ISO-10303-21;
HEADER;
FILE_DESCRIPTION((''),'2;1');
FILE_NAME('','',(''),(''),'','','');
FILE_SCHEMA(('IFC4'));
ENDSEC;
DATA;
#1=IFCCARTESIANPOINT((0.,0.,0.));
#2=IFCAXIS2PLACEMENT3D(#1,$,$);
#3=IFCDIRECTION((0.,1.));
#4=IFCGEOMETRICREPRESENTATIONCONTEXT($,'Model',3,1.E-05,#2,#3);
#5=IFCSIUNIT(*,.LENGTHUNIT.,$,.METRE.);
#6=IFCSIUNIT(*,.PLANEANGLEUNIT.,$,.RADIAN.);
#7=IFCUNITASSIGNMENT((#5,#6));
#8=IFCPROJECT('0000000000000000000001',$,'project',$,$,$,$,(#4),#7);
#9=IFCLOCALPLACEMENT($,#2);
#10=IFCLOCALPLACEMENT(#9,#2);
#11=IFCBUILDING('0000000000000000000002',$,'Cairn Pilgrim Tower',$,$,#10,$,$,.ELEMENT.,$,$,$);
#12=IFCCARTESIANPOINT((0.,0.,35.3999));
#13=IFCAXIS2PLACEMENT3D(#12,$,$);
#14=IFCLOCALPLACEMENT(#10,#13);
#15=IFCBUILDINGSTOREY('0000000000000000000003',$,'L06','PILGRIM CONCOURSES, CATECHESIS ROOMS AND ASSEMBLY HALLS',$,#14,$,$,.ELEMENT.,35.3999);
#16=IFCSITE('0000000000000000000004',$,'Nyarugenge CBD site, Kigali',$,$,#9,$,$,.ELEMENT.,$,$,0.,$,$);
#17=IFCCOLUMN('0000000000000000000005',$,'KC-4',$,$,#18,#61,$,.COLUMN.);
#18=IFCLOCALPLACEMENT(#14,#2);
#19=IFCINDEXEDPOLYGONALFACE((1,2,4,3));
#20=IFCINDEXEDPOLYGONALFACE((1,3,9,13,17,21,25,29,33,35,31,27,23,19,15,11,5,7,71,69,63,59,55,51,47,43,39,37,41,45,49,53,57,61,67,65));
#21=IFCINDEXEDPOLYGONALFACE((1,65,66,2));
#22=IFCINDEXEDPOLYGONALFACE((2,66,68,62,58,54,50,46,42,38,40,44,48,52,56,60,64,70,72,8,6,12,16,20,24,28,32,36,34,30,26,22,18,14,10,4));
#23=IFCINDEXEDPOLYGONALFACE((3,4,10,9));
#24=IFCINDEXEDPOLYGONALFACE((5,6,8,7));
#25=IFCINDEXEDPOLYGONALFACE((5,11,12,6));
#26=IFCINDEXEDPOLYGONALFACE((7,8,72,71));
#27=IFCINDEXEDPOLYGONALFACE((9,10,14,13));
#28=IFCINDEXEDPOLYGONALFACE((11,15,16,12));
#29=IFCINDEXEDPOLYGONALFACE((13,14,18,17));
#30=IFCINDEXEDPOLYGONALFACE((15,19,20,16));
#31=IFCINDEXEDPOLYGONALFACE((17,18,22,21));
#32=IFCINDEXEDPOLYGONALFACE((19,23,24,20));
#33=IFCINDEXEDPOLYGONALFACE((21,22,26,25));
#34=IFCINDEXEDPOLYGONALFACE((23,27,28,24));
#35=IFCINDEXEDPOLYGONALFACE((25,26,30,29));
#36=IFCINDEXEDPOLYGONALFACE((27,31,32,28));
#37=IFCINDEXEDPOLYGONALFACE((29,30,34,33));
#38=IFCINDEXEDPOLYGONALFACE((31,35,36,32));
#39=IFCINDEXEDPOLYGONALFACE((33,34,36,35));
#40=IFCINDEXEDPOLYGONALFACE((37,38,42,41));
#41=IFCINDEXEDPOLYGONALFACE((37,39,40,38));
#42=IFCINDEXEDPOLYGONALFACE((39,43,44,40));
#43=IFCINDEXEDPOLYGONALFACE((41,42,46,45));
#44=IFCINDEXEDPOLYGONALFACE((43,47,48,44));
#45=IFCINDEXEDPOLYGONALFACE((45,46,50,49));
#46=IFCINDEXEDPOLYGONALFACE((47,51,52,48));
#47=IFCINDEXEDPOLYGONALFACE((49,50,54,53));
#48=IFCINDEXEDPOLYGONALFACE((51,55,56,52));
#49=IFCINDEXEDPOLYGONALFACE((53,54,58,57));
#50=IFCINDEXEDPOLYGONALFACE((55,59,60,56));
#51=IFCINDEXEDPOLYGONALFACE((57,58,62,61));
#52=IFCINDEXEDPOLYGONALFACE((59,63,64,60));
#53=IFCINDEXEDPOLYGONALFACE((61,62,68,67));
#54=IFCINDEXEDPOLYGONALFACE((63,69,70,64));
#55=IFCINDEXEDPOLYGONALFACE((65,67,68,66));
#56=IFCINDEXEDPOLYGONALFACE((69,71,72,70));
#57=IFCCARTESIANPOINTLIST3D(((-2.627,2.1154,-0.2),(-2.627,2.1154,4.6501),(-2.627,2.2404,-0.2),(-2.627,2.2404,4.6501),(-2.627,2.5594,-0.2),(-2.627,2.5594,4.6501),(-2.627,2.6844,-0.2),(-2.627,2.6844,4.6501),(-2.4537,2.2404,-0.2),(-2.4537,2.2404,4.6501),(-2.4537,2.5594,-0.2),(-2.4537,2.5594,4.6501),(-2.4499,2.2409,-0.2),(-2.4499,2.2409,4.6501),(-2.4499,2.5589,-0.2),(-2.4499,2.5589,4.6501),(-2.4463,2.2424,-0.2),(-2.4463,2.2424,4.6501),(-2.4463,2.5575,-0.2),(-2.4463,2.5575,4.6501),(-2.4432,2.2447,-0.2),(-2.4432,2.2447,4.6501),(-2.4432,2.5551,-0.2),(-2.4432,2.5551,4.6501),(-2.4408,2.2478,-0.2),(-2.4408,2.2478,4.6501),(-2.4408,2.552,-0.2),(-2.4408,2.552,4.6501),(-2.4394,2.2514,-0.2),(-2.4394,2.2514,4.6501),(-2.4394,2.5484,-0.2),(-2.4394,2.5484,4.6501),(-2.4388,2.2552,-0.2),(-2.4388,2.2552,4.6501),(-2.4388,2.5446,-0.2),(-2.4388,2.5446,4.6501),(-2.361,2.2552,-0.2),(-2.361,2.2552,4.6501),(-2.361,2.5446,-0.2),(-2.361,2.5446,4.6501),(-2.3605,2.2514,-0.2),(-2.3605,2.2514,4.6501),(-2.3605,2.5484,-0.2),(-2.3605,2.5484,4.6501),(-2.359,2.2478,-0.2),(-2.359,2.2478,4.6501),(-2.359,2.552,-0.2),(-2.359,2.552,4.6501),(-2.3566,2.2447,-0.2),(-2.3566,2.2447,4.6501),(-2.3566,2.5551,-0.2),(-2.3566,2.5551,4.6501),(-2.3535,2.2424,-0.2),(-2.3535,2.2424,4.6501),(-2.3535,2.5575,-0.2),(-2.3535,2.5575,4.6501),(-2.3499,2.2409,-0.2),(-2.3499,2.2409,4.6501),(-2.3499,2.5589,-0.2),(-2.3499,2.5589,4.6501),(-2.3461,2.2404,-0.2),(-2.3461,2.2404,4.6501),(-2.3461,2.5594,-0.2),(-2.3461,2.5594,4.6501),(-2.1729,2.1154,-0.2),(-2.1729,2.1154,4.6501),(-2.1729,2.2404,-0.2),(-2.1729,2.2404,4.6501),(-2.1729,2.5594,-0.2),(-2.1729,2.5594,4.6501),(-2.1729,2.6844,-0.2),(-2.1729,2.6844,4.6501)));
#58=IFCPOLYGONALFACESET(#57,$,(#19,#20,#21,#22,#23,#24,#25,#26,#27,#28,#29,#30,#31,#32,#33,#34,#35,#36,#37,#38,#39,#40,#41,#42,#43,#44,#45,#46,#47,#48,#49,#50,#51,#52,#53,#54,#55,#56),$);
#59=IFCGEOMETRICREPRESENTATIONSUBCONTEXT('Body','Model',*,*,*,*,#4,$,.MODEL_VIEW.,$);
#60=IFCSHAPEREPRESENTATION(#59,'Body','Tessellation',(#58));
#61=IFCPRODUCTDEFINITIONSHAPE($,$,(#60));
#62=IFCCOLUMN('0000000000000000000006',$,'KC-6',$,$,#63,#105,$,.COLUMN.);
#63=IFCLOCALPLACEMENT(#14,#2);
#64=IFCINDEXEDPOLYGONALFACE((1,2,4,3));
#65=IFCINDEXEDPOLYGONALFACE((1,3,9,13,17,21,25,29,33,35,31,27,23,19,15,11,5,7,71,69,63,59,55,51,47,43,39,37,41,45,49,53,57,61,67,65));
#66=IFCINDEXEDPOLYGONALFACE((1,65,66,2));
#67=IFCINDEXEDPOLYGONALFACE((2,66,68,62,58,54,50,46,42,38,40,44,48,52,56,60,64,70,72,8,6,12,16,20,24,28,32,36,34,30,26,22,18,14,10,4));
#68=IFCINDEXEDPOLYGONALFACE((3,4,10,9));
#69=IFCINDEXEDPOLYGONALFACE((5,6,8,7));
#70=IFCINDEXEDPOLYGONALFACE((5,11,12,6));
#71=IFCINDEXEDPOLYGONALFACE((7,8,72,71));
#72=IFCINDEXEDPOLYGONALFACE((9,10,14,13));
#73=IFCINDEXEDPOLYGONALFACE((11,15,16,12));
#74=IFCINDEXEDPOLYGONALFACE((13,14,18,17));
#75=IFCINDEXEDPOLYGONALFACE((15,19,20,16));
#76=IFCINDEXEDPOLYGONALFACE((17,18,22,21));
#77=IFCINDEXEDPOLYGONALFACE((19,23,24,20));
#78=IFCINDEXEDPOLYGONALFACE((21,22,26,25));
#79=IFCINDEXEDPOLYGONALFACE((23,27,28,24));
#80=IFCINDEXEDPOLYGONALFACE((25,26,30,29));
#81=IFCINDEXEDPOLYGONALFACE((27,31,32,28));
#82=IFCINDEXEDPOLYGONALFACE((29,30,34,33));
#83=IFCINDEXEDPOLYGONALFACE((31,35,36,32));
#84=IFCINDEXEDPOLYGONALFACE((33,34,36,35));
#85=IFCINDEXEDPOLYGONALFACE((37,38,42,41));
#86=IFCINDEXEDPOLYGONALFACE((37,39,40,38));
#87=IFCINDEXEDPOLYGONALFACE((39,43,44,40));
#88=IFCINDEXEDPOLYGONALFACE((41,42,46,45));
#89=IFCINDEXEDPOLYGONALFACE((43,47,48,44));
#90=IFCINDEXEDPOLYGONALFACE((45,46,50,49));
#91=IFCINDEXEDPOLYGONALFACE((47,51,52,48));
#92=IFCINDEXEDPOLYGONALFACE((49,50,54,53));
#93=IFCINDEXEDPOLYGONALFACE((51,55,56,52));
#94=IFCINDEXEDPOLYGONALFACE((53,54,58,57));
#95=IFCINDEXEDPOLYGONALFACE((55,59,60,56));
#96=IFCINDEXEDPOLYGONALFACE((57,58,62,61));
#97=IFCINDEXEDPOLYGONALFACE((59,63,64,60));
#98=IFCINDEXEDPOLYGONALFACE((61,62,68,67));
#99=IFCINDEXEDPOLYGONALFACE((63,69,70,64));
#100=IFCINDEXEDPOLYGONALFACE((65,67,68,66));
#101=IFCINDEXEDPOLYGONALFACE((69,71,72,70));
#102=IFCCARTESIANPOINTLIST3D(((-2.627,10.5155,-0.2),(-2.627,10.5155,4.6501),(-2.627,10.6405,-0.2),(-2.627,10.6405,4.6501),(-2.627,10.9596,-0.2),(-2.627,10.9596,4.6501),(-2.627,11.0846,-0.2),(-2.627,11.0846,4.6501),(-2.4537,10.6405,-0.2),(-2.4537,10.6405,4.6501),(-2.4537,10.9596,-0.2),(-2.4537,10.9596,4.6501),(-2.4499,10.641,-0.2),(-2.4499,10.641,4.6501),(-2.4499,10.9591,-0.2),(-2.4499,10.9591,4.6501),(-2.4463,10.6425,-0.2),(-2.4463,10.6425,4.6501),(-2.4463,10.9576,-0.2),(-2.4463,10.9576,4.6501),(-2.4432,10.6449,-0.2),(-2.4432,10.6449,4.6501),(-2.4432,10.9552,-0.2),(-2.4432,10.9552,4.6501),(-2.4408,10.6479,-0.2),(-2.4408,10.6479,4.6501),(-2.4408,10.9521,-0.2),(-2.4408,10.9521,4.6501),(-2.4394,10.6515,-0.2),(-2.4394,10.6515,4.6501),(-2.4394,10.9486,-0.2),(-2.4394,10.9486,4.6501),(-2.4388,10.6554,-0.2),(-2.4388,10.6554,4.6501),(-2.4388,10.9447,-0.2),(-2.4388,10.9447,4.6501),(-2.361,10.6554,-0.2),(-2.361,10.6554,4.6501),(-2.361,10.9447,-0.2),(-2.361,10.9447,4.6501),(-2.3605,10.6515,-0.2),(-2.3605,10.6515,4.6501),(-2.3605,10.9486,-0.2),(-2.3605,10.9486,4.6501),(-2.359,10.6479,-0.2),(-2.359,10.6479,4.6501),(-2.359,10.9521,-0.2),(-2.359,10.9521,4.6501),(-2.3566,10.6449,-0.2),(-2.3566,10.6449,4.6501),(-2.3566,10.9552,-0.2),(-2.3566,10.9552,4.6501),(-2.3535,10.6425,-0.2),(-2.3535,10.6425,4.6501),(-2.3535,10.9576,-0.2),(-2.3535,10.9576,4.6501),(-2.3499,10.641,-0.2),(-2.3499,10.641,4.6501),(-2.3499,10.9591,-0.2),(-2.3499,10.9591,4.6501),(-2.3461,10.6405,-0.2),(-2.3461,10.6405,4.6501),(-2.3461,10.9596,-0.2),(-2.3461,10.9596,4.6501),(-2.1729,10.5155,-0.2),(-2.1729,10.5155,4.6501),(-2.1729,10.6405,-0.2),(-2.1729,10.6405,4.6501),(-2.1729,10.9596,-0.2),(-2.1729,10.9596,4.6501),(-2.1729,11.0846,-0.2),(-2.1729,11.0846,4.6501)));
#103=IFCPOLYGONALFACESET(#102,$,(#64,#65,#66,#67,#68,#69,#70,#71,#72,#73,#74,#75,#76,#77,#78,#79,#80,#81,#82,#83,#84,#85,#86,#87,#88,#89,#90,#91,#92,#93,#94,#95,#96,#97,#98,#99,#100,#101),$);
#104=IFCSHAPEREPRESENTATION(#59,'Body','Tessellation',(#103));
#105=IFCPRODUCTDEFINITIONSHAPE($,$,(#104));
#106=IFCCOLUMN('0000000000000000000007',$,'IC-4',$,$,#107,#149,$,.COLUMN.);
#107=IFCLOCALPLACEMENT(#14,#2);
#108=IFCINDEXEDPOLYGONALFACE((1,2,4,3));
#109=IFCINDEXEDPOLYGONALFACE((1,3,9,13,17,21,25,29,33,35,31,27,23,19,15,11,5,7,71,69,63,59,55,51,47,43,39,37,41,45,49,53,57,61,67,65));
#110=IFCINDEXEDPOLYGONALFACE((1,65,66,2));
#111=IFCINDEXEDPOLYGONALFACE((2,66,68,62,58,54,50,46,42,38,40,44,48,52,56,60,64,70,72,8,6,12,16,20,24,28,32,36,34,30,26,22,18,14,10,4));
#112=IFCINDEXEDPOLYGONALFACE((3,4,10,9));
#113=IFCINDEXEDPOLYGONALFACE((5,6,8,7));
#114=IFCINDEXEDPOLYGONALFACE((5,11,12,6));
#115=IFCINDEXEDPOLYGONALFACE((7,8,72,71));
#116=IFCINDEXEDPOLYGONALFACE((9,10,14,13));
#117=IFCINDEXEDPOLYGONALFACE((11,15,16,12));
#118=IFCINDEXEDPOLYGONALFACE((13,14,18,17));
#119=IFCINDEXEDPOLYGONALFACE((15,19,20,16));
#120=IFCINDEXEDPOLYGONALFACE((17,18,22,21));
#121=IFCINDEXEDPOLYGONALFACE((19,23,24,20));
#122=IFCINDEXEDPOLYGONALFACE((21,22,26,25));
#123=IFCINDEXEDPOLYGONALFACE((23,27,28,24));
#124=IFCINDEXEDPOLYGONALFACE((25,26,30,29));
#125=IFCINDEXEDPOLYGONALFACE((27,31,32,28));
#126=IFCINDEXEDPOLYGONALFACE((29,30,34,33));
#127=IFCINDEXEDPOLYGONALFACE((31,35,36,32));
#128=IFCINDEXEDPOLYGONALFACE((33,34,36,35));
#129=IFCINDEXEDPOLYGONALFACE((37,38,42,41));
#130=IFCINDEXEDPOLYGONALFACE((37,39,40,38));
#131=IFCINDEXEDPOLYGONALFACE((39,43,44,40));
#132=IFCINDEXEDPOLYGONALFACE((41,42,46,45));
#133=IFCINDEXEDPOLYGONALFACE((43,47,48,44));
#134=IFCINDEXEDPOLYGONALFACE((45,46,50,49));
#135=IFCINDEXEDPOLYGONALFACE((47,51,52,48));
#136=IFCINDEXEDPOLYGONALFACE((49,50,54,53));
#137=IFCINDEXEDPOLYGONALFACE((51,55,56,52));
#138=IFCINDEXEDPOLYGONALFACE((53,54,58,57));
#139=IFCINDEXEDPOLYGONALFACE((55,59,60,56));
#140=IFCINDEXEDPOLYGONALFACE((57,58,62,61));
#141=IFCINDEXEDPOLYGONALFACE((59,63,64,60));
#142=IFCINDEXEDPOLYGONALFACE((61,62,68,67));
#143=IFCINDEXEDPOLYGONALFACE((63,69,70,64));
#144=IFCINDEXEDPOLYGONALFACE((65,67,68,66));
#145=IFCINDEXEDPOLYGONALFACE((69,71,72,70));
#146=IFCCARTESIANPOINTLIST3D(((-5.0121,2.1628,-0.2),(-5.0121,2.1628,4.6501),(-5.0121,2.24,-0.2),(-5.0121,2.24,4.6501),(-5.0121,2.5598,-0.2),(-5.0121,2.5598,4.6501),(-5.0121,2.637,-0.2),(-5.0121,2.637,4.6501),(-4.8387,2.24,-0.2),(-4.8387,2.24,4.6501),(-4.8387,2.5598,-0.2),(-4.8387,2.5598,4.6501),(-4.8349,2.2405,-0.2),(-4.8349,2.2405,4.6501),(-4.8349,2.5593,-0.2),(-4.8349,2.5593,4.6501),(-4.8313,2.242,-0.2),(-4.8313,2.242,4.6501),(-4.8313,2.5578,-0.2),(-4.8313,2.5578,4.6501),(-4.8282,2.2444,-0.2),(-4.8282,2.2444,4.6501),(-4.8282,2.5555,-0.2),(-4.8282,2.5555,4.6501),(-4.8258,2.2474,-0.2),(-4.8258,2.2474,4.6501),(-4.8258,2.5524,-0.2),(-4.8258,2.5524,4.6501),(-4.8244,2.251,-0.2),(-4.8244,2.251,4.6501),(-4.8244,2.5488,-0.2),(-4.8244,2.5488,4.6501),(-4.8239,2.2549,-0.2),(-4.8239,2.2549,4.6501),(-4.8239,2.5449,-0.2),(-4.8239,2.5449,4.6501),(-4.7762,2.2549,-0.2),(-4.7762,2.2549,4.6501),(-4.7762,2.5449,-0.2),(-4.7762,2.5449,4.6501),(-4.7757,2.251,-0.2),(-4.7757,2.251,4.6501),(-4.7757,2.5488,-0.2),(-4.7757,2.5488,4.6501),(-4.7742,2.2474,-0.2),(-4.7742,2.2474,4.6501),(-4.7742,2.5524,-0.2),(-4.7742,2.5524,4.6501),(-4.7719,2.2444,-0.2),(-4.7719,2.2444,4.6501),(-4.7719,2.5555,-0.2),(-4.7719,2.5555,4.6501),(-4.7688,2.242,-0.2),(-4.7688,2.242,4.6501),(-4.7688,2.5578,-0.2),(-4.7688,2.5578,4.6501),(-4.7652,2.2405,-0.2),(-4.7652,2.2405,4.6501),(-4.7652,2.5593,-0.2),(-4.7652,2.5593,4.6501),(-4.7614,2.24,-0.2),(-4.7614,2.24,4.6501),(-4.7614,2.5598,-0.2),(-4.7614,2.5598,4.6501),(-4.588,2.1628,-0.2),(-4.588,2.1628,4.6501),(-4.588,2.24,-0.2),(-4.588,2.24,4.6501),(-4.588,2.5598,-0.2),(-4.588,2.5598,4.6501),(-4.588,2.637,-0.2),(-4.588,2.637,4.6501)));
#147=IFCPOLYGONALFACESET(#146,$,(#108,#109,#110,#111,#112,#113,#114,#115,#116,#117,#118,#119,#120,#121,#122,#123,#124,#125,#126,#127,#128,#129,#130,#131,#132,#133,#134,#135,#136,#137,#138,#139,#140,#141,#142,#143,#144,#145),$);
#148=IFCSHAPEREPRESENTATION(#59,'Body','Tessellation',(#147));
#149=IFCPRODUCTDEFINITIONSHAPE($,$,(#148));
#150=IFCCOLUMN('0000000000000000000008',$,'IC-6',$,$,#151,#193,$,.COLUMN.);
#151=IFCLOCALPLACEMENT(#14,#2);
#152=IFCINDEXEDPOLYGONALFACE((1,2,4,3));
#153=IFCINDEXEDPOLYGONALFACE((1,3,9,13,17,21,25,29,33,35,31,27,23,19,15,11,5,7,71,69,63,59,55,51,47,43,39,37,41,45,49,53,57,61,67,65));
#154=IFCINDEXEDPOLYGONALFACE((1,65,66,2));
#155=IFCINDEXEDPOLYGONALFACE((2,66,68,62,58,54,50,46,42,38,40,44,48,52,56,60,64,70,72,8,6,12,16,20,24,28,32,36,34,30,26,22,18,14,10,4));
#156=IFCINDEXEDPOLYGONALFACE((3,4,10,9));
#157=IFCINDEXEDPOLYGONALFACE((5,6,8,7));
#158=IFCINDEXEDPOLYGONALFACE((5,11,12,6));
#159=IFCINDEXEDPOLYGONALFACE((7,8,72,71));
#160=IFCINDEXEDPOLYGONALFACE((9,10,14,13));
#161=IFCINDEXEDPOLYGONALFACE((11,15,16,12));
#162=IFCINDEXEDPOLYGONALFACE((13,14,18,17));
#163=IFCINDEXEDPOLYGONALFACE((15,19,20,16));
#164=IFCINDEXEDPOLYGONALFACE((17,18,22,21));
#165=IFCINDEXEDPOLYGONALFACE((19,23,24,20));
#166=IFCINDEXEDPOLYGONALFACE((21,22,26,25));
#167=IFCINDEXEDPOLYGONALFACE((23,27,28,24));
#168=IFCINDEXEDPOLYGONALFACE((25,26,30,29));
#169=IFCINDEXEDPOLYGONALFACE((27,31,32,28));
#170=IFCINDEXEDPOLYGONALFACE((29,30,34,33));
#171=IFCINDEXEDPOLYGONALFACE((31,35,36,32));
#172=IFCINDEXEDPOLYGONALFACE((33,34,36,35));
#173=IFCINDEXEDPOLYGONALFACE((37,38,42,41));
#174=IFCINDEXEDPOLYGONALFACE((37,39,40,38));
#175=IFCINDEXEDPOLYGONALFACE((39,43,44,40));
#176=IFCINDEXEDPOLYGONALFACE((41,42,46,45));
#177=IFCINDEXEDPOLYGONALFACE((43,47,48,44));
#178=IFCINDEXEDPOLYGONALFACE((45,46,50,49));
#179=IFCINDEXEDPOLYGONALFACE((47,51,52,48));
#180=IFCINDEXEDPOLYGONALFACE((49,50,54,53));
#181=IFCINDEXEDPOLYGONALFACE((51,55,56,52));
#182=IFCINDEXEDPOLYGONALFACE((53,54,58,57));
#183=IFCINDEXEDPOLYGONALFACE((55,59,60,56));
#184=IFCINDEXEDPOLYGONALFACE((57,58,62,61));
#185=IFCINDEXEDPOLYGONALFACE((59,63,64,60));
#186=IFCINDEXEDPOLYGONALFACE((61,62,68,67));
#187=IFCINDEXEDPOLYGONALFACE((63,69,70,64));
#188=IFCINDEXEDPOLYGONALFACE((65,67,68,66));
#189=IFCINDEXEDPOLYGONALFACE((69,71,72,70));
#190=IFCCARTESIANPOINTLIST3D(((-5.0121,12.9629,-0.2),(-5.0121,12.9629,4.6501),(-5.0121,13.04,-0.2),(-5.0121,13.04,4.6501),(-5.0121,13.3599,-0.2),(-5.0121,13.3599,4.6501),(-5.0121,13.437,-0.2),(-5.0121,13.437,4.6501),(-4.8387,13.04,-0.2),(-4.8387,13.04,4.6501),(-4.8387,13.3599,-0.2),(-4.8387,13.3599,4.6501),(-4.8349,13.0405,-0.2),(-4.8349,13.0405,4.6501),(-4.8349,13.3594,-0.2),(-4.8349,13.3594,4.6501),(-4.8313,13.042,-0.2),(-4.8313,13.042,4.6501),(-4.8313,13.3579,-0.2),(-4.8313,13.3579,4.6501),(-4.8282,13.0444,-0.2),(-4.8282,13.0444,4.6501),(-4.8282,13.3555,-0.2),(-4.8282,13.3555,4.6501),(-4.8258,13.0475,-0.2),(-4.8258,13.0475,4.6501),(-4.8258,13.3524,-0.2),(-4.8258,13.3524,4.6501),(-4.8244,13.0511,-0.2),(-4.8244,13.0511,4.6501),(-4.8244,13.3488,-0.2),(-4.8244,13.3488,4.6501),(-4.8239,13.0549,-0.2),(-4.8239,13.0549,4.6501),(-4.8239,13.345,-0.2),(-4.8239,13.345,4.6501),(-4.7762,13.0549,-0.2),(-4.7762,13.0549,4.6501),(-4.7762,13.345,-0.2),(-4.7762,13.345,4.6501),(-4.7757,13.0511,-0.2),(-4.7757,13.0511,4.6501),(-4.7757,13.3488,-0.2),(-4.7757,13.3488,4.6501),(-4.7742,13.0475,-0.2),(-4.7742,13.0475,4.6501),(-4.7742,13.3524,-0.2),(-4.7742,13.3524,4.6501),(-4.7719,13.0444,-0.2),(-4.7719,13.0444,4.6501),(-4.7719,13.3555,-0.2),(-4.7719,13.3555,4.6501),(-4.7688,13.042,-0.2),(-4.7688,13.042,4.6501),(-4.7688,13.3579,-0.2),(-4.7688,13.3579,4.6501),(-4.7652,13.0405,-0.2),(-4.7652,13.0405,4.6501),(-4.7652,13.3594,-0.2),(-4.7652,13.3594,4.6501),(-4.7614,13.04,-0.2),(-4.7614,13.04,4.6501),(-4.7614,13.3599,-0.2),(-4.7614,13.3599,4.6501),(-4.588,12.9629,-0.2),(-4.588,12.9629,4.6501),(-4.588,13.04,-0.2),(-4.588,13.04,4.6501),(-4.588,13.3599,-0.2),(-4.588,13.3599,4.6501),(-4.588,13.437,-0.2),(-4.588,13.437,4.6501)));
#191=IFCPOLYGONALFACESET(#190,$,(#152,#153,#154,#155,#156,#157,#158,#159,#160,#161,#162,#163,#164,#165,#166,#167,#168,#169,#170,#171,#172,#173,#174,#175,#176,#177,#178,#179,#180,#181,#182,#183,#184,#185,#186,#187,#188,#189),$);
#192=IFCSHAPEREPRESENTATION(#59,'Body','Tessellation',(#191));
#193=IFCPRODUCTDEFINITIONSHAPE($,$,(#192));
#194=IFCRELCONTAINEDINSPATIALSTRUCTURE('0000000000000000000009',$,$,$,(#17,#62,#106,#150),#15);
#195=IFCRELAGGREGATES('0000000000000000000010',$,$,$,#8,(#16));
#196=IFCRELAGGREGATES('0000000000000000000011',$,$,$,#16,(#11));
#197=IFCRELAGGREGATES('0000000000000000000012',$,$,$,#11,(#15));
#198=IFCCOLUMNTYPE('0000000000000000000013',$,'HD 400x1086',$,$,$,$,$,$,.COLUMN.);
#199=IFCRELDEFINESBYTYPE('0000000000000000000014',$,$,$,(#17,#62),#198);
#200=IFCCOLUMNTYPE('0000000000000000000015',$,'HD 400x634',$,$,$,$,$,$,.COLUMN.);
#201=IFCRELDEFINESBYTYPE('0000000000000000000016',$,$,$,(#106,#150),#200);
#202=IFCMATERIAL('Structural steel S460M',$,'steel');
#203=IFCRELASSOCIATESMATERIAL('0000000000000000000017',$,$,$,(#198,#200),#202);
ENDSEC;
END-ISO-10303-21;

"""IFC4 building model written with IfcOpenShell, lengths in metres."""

from ifc_helpers import new_model, si_unit, direction, frame, origin, origin_2d, place, context, subcontext, project, spatial, i_section, extrude, material, material_profile, profile_set, type_object, element, save


model = new_model("IFC4")

# Units and contexts
model_context = context("Model", 3, precision=1e-05, world=origin(), true_north=direction((0.0, 1.0)))
body_context = subcontext(model_context, "Body", "Model", "MODEL_VIEW")
ifc_project = project(units=[si_unit("LENGTHUNIT", "METRE"), si_unit("PLANEANGLEUNIT", "RADIAN")], contexts=[model_context])

# Site, building, storey
site_placement = place(None, origin())
site = spatial("IfcSite", under=ifc_project, at=site_placement, Name="Nyarugenge CBD site, Kigali", CompositionType="ELEMENT", RefElevation=0.0)
building_placement = place(site_placement, origin())
building = spatial("IfcBuilding", under=site, at=building_placement, Name="Cairn Pilgrim Tower", CompositionType="ELEMENT")
storey_placement = place(building_placement, frame((0.0, 0.0, 35.3999)))
storey = spatial("IfcBuildingStorey", under=building, at=storey_placement, Name="L06", Description="PILGRIM CONCOURSES, CATECHESIS ROOMS AND ASSEMBLY HALLS", CompositionType="ELEMENT", Elevation=35.3999)

# Columns
ifc_material_1 = material(Name="Structural steel S460M", Category="steel")
ifc_material_profile_1 = material_profile(ifc_material_1, i_section(OverallWidth=0.4541, OverallDepth=0.5691, WebThickness=0.0779, FlangeThickness=0.125, FilletRadius=0.0149, at=origin_2d()), Name="HD 400x1086")
ifc_profile_set_1 = profile_set([ifc_material_profile_1], Name="Structural steel S460M")
column_type_1 = type_object("IfcColumnType", Name="HD 400x1086", PredefinedType="COLUMN", material=ifc_profile_set_1)
for number, where, z_axis, x_axis, name in (
    (1, (-2.3999, 2.3999, -0.2), (0.0, 0.0, 1.0), (1.0, 0.0, 0.0), "KC-4"),
    (2, (-2.3999, 10.8, -0.2), (0.0, 0.0, 1.0), (1.0, 0.0, 0.0), "KC-6"),
):
    element("IfcColumn", number, at=place(storey_placement, frame(where, z_axis=z_axis, x_axis=x_axis)), inside=storey, type_object=column_type_1, Name=name, PredefinedType="COLUMN", context=body_context, shape_type="SweptSolid", body=[
        extrude(i_section(OverallWidth=0.4541, OverallDepth=0.5691, WebThickness=0.0779, FlangeThickness=0.125, FilletRadius=0.0149, at=origin_2d()), origin(), (0.0, 0.0, 1.0), 4.8501),
    ])
ifc_material_profile_2 = material_profile(ifc_material_1, i_section(OverallWidth=0.4241, OverallDepth=0.4741, WebThickness=0.0476, FlangeThickness=0.0771, FilletRadius=0.0149, at=origin_2d()), Name="HD 400x634")
ifc_profile_set_2 = profile_set([ifc_material_profile_2], Name="Structural steel S460M")
column_type_2 = type_object("IfcColumnType", Name="HD 400x634", PredefinedType="COLUMN", material=ifc_profile_set_2)
for number, where, z_axis, x_axis, name in (
    (3, (-4.8, 2.3999, -0.2), (0.0, 0.0, 1.0), (1.0, 0.0, 0.0), "IC-4"),
    (4, (-4.8, 13.2, -0.2), (0.0, 0.0, 1.0), (1.0, 0.0, 0.0), "IC-6"),
):
    element("IfcColumn", number, at=place(storey_placement, frame(where, z_axis=z_axis, x_axis=x_axis)), inside=storey, type_object=column_type_2, Name=name, PredefinedType="COLUMN", context=body_context, shape_type="SweptSolid", body=[
        extrude(i_section(OverallWidth=0.4241, OverallDepth=0.4741, WebThickness=0.0476, FlangeThickness=0.0771, FilletRadius=0.0149, at=origin_2d()), origin(), (0.0, 0.0, 1.0), 4.8501),
    ])

save(model, "model.ifc")
